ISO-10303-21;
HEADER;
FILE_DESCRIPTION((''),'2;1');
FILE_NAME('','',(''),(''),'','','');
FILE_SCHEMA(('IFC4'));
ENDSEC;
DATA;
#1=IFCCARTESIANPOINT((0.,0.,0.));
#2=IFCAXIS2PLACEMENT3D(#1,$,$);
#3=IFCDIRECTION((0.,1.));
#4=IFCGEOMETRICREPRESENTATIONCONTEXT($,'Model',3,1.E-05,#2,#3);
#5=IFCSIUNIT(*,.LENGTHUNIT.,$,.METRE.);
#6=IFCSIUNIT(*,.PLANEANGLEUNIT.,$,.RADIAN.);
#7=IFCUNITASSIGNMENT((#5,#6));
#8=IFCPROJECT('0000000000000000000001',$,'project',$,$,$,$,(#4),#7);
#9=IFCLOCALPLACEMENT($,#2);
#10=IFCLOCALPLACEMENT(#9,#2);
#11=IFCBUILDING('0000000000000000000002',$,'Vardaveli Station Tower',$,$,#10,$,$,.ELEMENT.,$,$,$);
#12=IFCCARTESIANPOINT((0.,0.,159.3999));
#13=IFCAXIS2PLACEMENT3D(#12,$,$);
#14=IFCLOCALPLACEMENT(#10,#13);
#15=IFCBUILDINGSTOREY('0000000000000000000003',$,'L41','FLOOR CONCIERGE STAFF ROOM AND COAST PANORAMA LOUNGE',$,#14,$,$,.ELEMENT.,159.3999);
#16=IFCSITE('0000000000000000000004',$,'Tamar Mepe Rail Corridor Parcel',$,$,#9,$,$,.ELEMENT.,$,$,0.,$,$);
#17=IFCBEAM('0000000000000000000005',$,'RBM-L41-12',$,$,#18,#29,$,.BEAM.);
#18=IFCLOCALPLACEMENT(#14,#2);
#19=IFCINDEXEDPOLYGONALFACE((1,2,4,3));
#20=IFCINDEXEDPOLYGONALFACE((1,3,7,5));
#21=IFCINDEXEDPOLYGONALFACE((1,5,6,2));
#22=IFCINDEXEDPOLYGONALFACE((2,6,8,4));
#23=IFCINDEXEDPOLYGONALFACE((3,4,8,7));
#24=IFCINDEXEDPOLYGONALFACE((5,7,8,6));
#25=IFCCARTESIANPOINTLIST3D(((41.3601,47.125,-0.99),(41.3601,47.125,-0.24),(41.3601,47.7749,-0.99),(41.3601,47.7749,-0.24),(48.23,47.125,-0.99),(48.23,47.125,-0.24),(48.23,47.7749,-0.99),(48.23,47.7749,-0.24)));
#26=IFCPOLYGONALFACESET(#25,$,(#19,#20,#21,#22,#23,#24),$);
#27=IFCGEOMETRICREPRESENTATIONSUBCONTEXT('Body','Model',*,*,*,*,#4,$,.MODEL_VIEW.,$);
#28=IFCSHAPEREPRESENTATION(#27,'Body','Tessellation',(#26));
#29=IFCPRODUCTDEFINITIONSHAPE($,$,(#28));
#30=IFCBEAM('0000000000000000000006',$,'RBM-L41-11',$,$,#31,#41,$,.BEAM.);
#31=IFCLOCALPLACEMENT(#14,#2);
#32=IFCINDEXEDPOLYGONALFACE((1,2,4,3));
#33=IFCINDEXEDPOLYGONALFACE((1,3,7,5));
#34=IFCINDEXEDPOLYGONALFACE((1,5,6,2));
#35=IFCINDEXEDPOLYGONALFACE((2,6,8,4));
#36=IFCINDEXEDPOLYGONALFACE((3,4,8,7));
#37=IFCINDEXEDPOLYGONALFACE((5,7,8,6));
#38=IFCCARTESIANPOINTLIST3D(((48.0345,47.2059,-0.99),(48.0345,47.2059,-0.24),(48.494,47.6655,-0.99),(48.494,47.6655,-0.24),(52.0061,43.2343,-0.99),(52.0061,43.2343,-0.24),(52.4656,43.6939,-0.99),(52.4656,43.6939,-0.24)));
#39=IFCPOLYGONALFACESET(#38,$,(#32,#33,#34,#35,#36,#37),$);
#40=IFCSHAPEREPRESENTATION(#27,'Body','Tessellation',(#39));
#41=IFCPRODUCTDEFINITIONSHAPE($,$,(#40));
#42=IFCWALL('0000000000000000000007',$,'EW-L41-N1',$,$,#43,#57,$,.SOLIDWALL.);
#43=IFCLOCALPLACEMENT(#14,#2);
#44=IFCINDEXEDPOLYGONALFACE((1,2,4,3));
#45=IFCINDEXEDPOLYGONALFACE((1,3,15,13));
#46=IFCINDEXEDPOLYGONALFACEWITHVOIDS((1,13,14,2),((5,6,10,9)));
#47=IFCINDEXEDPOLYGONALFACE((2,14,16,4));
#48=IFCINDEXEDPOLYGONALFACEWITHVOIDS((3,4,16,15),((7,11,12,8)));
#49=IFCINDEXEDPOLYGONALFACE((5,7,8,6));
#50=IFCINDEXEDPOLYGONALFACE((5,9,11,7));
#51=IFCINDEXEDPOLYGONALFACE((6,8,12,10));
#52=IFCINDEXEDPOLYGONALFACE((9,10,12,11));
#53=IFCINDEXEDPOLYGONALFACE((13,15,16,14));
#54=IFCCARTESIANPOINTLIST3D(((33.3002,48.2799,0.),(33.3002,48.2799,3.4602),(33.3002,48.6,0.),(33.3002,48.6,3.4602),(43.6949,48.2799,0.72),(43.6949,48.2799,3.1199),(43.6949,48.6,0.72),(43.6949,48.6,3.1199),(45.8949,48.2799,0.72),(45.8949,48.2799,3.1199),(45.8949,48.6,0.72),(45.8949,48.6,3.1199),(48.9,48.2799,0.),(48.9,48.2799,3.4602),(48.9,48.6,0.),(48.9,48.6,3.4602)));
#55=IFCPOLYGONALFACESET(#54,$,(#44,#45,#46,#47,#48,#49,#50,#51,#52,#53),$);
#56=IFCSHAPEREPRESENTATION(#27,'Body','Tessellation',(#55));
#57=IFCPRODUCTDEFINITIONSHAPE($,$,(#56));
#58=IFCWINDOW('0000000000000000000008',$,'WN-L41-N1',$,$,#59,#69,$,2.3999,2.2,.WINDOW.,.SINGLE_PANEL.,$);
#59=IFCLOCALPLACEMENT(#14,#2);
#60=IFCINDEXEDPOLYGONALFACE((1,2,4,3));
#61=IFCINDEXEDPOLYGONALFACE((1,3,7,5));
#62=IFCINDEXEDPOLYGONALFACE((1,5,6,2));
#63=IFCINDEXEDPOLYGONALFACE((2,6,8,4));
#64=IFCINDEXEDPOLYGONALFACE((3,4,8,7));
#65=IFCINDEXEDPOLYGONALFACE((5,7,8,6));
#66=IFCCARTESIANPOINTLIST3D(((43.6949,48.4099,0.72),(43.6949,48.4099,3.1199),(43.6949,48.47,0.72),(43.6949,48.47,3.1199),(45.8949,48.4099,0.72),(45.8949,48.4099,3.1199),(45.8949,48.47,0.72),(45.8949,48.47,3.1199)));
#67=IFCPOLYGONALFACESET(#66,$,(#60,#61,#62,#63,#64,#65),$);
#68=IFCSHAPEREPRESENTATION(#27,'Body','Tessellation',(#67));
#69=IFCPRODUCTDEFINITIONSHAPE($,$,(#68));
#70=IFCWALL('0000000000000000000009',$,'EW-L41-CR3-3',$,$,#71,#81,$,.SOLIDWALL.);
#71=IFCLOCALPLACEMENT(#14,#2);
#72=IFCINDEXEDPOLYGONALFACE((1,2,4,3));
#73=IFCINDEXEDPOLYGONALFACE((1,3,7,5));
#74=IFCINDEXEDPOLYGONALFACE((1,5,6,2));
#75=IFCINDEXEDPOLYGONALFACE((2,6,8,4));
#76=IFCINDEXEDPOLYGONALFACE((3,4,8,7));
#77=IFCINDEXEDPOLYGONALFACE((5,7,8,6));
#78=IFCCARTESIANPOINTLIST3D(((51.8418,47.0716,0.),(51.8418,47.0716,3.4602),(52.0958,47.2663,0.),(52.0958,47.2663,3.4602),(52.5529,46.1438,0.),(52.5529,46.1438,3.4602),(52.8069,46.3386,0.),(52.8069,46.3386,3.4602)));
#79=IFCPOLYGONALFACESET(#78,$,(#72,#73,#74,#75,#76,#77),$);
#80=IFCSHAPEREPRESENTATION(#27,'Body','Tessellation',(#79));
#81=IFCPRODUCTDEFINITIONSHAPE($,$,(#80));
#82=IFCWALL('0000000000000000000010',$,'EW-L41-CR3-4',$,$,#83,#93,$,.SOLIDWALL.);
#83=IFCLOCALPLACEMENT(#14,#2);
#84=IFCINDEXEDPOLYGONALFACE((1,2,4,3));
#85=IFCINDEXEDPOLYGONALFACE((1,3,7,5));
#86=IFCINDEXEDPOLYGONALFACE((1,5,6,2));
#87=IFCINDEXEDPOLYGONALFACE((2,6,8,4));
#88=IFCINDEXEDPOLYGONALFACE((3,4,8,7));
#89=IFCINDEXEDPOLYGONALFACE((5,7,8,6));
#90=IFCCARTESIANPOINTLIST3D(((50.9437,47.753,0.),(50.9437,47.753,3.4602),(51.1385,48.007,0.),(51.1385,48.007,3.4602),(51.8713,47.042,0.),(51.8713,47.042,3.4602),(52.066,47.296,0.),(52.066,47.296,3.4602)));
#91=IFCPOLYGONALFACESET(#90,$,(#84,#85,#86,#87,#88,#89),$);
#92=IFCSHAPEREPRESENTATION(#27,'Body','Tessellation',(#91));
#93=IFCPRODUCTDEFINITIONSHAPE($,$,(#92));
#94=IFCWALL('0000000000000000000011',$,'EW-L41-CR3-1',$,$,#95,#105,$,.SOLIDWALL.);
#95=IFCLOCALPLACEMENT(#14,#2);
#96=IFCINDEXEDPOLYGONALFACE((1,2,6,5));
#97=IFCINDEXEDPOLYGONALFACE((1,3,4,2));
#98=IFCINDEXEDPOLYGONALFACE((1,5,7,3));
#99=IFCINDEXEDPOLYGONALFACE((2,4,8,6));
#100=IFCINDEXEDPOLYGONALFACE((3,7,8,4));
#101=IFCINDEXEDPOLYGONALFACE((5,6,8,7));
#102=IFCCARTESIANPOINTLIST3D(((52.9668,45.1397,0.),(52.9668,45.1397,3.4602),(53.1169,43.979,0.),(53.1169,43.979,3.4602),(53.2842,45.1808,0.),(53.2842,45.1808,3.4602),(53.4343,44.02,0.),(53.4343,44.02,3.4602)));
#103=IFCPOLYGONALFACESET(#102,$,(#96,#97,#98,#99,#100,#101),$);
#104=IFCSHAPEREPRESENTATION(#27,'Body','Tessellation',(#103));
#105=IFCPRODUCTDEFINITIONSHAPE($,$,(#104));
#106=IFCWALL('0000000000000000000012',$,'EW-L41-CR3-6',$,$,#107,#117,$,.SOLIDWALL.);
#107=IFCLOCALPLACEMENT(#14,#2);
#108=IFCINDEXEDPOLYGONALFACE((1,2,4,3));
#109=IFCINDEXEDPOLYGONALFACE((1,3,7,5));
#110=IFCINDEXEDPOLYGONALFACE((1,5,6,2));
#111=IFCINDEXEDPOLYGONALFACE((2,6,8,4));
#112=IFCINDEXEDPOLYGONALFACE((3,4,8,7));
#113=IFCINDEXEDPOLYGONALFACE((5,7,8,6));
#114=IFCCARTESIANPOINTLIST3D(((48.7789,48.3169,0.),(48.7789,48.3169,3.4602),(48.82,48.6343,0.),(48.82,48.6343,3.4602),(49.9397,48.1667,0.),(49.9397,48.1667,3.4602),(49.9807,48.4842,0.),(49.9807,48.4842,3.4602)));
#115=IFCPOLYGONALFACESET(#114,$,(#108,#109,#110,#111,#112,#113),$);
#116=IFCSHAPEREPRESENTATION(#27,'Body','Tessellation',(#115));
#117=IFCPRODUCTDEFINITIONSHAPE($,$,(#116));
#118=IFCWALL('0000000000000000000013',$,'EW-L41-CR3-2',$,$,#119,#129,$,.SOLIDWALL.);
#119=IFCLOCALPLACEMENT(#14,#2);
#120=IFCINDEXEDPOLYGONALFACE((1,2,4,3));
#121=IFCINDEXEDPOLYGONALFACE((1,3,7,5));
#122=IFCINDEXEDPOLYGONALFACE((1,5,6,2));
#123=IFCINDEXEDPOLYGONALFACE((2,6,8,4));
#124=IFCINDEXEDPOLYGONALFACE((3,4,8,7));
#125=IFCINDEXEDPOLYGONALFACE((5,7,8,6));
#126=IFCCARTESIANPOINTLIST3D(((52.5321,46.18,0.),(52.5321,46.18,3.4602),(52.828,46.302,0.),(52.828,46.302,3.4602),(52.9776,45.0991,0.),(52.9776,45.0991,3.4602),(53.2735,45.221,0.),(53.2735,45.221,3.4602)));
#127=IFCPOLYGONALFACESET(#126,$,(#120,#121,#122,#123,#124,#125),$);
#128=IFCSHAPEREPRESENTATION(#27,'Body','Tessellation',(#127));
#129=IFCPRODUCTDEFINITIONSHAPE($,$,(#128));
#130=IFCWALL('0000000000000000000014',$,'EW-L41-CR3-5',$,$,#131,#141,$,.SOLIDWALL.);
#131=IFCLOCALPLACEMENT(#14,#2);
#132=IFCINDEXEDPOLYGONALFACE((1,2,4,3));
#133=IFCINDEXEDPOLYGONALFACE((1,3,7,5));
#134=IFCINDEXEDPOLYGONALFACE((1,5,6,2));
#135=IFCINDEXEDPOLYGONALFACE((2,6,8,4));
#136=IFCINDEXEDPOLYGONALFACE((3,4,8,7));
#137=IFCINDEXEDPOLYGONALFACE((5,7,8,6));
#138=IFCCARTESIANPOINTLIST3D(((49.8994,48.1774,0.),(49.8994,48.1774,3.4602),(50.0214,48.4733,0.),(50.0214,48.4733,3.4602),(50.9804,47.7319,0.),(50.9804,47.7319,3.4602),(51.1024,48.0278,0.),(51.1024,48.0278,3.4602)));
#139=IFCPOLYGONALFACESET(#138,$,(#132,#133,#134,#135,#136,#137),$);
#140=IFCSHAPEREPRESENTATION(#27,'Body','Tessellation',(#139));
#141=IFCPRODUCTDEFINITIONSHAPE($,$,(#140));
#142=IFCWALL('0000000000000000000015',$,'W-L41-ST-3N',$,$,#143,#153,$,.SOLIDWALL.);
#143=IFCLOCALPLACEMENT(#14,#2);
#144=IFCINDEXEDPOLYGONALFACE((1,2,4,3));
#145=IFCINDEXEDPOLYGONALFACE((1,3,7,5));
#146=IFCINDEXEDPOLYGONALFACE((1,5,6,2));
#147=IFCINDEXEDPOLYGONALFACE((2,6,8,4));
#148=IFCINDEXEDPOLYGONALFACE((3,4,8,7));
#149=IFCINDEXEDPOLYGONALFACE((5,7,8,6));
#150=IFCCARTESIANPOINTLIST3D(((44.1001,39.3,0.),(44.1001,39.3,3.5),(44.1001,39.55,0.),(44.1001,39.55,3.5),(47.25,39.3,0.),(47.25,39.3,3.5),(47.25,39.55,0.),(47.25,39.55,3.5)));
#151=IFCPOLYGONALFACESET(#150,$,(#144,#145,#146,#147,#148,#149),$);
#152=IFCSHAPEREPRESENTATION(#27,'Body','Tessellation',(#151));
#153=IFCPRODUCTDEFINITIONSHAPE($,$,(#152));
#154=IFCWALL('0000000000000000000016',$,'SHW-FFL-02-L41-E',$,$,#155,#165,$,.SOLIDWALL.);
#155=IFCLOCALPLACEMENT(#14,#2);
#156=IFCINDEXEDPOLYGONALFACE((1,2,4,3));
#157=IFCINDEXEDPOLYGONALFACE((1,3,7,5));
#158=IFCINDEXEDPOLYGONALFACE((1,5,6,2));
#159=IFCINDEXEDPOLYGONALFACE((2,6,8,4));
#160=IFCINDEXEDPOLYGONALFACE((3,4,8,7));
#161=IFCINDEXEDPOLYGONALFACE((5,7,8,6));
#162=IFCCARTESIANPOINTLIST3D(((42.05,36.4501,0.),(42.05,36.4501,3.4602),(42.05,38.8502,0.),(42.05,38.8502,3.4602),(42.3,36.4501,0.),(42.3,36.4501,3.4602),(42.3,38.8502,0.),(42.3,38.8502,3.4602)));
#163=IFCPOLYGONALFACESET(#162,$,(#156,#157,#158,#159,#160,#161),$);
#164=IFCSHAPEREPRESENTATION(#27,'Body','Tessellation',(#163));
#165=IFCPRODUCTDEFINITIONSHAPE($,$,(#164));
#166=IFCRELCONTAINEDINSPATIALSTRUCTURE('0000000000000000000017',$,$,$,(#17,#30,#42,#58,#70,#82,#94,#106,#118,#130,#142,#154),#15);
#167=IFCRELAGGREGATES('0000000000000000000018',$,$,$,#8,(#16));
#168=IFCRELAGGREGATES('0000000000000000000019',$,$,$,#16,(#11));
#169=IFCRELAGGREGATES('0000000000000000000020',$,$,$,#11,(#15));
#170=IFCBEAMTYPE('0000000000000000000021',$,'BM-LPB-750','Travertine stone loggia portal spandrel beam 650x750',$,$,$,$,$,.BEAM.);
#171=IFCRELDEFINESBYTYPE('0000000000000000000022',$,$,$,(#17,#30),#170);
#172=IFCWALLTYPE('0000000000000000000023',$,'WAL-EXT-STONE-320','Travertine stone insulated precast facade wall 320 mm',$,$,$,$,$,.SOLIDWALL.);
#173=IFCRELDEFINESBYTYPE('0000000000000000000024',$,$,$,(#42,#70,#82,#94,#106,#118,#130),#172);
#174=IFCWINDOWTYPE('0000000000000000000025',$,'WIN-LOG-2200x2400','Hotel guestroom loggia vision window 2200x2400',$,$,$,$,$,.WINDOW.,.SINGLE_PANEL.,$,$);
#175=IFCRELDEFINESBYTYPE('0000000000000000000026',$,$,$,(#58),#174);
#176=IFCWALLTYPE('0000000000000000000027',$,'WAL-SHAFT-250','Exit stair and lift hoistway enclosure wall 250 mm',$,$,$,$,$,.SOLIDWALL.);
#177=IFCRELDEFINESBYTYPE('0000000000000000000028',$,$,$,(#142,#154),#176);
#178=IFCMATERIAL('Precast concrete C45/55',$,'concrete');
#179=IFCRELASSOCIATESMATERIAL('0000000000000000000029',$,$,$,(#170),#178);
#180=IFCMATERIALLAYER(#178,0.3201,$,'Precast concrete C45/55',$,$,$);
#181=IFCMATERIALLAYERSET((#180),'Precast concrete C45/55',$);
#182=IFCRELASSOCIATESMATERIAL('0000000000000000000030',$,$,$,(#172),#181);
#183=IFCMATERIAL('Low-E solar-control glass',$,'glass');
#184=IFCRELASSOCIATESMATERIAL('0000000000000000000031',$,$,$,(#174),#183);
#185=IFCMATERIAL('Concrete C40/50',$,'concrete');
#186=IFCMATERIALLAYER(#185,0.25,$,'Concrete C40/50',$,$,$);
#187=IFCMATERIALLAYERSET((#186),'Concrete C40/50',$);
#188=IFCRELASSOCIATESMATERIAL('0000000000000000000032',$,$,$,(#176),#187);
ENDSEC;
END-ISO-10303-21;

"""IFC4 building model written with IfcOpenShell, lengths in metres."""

from ifc_helpers import new_model, si_unit, direction, frame, frame_2d, origin, origin_2d, place, context, subcontext, project, spatial, rectangle, extrude, source, transform, mapped, material, layer, layer_set, material_profile, profile_set, type_object, element, fill, save


model = new_model("IFC4")

# Units and contexts
model_context = context("Model", 3, precision=1e-05, world=origin(), true_north=direction((0.0, 1.0)))
body_context = subcontext(model_context, "Body", "Model", "MODEL_VIEW")
ifc_project = project(units=[si_unit("LENGTHUNIT", "METRE"), si_unit("PLANEANGLEUNIT", "RADIAN")], contexts=[model_context])

# Site, building, storey
site_placement = place(None, origin())
site = spatial("IfcSite", under=ifc_project, at=site_placement, Name="Tamar Mepe Rail Corridor Parcel", CompositionType="ELEMENT", RefElevation=0.0)
building_placement = place(site_placement, origin())
building = spatial("IfcBuilding", under=site, at=building_placement, Name="Vardaveli Station Tower", CompositionType="ELEMENT")
storey_placement = place(building_placement, frame((0.0, 0.0, 159.3999)))
storey = spatial("IfcBuildingStorey", under=building, at=storey_placement, Name="L41", Description="FLOOR CONCIERGE STAFF ROOM AND COAST PANORAMA LOUNGE", CompositionType="ELEMENT", Elevation=159.3999)

# Beams
ifc_material_1 = material(Name="Precast concrete C45/55", Category="concrete")
ifc_material_profile_1 = material_profile(ifc_material_1, rectangle(XDim=0.6499, YDim=0.75, at=origin_2d()), Name="LPB 650x750")
ifc_profile_set_1 = profile_set([ifc_material_profile_1], Name="Precast concrete C45/55")
beam_type = type_object("IfcBeamType", Name="BM-LPB-750", Description="Travertine stone loggia portal spandrel beam 650x750", PredefinedType="BEAM", material=ifc_profile_set_1)
shared_shape_1 = source(origin(), body_context, "Body", "SweptSolid", [
    extrude(rectangle(XDim=0.6499, YDim=0.75, at=origin_2d()), origin(), (0.0, 0.0, 1.0), 6.8699),
])
for number, where, z_axis, x_axis, name in (
    (1, (48.23, 47.45, -0.615), (-1.0, 0.0, 0.0), (0.0, -1.0, 0.0), "RBM-L41-12"),
):
    element("IfcBeam", number, at=place(storey_placement, frame(where, z_axis=z_axis, x_axis=x_axis)), inside=storey, type_object=beam_type, Name=name, PredefinedType="BEAM", context=body_context, shape_type="MappedRepresentation", body=[
        mapped(shared_shape_1, transform((0.0, 0.0, 0.0), scale=1.0)),
    ])
shared_shape_2 = source(origin(), body_context, "Body", "SweptSolid", [
    extrude(rectangle(XDim=0.6499, YDim=0.75, at=origin_2d()), origin(), (0.0, 0.0, 1.0), 5.6167),
])
beam_placement = place(storey_placement, frame((52.2358, 43.4641, -0.615), z_axis=(-0.707107, 0.707107, 0.0), x_axis=(-0.707107, -0.707107, 0.0)))
element("IfcBeam", 2, at=beam_placement, inside=storey, type_object=beam_type, Name="RBM-L41-11", PredefinedType="BEAM", context=body_context, shape_type="MappedRepresentation", body=[
    mapped(shared_shape_2, transform((0.0, 0.0, 0.0), scale=1.0)),
])

# Wall, opening, window
ifc_layer_1 = layer(ifc_material_1, 0.3201, Name="Precast concrete C45/55")
ifc_layer_set_1 = layer_set([ifc_layer_1], Name="Precast concrete C45/55")
wall_type_1 = type_object("IfcWallType", Name="WAL-EXT-STONE-320", Description="Travertine stone insulated precast facade wall 320 mm", PredefinedType="SOLIDWALL", material=ifc_layer_set_1)
shared_shape_3 = source(origin(), body_context, "Body", "SweptSolid", [
    extrude(rectangle(XDim=15.5999, YDim=0.3201, at=frame_2d((7.7998, 0.0))), origin(), (0.0, 0.0, 1.0), 3.4602),
])
wall_1_placement = place(storey_placement, frame((48.8999, 48.4399, 0.0), z_axis=(0.0, 0.0, 1.0), x_axis=(-1.0, 0.0, 0.0)))
wall_1 = element("IfcWall", 3, at=wall_1_placement, inside=storey, type_object=wall_type_1, Name="EW-L41-N1", PredefinedType="SOLIDWALL", context=body_context, shape_type="MappedRepresentation", body=[
    mapped(shared_shape_3, transform((0.0, 0.0, 0.0), scale=1.0)),
])
shared_shape_4 = source(origin(), body_context, "Body", "SweptSolid", [
    extrude(rectangle(XDim=2.2, YDim=2.3999, at=frame_2d((1.1001, 1.2))), frame((0.0, 0.1699, 0.0), z_axis=(0.0, -1.0, 0.0), x_axis=(1.0, 0.0, 0.0)), (0.0, 0.0, 1.0), 0.3401),
])
opening_placement = place(wall_1_placement, frame((3.0049, 0.0, 0.72)))
opening = element("IfcOpeningElement", 4, at=opening_placement, cuts=wall_1, PredefinedType="OPENING", context=body_context, shape_type="MappedRepresentation", body=[
    mapped(shared_shape_4, transform((0.0, 0.0, 0.0), scale=1.0)),
])
ifc_material_2 = material(Name="Low-E solar-control glass", Category="glass")
window_type = type_object("IfcWindowType", Name="WIN-LOG-2200x2400", Description="Hotel guestroom loggia vision window 2200x2400", PartitioningType="SINGLE_PANEL", PredefinedType="WINDOW", material=ifc_material_2)
shared_shape_5 = source(origin(), body_context, "Body", "SweptSolid", [
    extrude(rectangle(XDim=2.2, YDim=2.3999, at=frame_2d((1.1001, 1.2))), frame((0.0, 0.03, 0.0), z_axis=(0.0, -1.0, 0.0), x_axis=(1.0, 0.0, 0.0)), (0.0, 0.0, 1.0), 0.0601),
])
window_placement = place(opening_placement, origin())
window = element("IfcWindow", 5, at=window_placement, inside=storey, type_object=window_type, Name="WN-L41-N1", OverallHeight=2.3999, OverallWidth=2.2, PartitioningType="SINGLE_PANEL", PredefinedType="WINDOW", context=body_context, shape_type="MappedRepresentation", body=[
    mapped(shared_shape_5, transform((0.0, 0.0, 0.0), scale=1.0)),
])
fill(opening, window)

# Walls
shared_shape_6 = source(origin(), body_context, "Body", "SweptSolid", [
    extrude(rectangle(XDim=1.1689, YDim=0.3201, at=frame_2d((0.5845, 0.0))), origin(), (0.0, 0.0, 1.0), 3.4602),
])
wall_2_placement = place(storey_placement, frame((52.6799, 46.2412, 0.0), z_axis=(0.0, 0.0, 1.0), x_axis=(-0.608388, 0.79364, 0.0)))
element("IfcWall", 6, at=wall_2_placement, inside=storey, type_object=wall_type_1, Name="EW-L41-CR3-3", PredefinedType="SOLIDWALL", context=body_context, shape_type="MappedRepresentation", body=[
    mapped(shared_shape_6, transform((0.0, 0.0, 0.0), scale=1.0)),
])
shared_shape_7 = source(origin(), body_context, "Body", "SweptSolid", [
    extrude(rectangle(XDim=1.1687, YDim=0.3201, at=frame_2d((0.5845, 0.0))), origin(), (0.0, 0.0, 1.0), 3.4602),
])
wall_3_placement = place(storey_placement, frame((51.9688, 47.1689, 0.0), z_axis=(0.0, 0.0, 1.0), x_axis=(-0.793664, 0.608357, 0.0)))
element("IfcWall", 7, at=wall_3_placement, inside=storey, type_object=wall_type_1, Name="EW-L41-CR3-4", PredefinedType="SOLIDWALL", context=body_context, shape_type="MappedRepresentation", body=[
    mapped(shared_shape_7, transform((0.0, 0.0, 0.0), scale=1.0)),
])
shared_shape_8 = source(origin(), body_context, "Body", "SweptSolid", [
    extrude(rectangle(XDim=1.1704, YDim=0.3201, at=frame_2d((0.5852, 0.0))), origin(), (0.0, 0.0, 1.0), 3.4602),
])
for number, where, z_axis, x_axis, name in (
    (8, (53.2756, 43.9995, 0.0), (0.0, 0.0, 1.0), (-0.128296, 0.991736, 0.0), "EW-L41-CR3-1"),
    (9, (49.9602, 48.3254, 0.0), (0.0, 0.0, 1.0), (-0.991736, 0.128296, 0.0), "EW-L41-CR3-6"),
):
    element("IfcWall", number, at=place(storey_placement, frame(where, z_axis=z_axis, x_axis=x_axis)), inside=storey, type_object=wall_type_1, Name=name, PredefinedType="SOLIDWALL", context=body_context, shape_type="MappedRepresentation", body=[
        mapped(shared_shape_8, transform((0.0, 0.0, 0.0), scale=1.0)),
    ])
shared_shape_9 = source(origin(), body_context, "Body", "SweptSolid", [
    extrude(rectangle(XDim=1.1692, YDim=0.3201, at=frame_2d((0.5845, 0.0))), origin(), (0.0, 0.0, 1.0), 3.4602),
])
for number, where, z_axis, x_axis, name in (
    (10, (53.1255, 45.1602, 0.0), (0.0, 0.0, 1.0), (-0.381054, 0.924553, 0.0), "EW-L41-CR3-2"),
    (11, (51.0413, 47.8799, 0.0), (0.0, 0.0, 1.0), (-0.924553, 0.381054, 0.0), "EW-L41-CR3-5"),
):
    element("IfcWall", number, at=place(storey_placement, frame(where, z_axis=z_axis, x_axis=x_axis)), inside=storey, type_object=wall_type_1, Name=name, PredefinedType="SOLIDWALL", context=body_context, shape_type="MappedRepresentation", body=[
        mapped(shared_shape_9, transform((0.0, 0.0, 0.0), scale=1.0)),
    ])
ifc_material_3 = material(Name="Concrete C40/50", Category="concrete")
ifc_layer_2 = layer(ifc_material_3, 0.25, Name="Concrete C40/50")
ifc_layer_set_2 = layer_set([ifc_layer_2], Name="Concrete C40/50")
wall_type_2 = type_object("IfcWallType", Name="WAL-SHAFT-250", Description="Exit stair and lift hoistway enclosure wall 250 mm", PredefinedType="SOLIDWALL", material=ifc_layer_set_2)
shared_shape_10 = source(origin(), body_context, "Body", "SweptSolid", [
    extrude(rectangle(XDim=3.1499, YDim=0.25, at=frame_2d((1.575, 0.0))), origin(), (0.0, 0.0, 1.0), 3.5),
])
wall_4_placement = place(storey_placement, frame((44.1001, 39.425, 0.0), z_axis=(0.0, 0.0, 1.0), x_axis=(1.0, 0.0, 0.0)))
element("IfcWall", 12, at=wall_4_placement, inside=storey, type_object=wall_type_2, Name="W-L41-ST-3N", PredefinedType="SOLIDWALL", context=body_context, shape_type="MappedRepresentation", body=[
    mapped(shared_shape_10, transform((0.0, 0.0, 0.0), scale=1.0)),
])
shared_shape_11 = source(origin(), body_context, "Body", "SweptSolid", [
    extrude(rectangle(XDim=2.4001, YDim=0.25, at=frame_2d((1.2002, 0.0))), origin(), (0.0, 0.0, 1.0), 3.4602),
])
wall_5_placement = place(storey_placement, frame((42.175, 36.45, 0.0), z_axis=(0.0, 0.0, 1.0), x_axis=(0.0, 1.0, 0.0)))
element("IfcWall", 13, at=wall_5_placement, inside=storey, type_object=wall_type_2, Name="SHW-FFL-02-L41-E", PredefinedType="SOLIDWALL", context=body_context, shape_type="MappedRepresentation", body=[
    mapped(shared_shape_11, transform((0.0, 0.0, 0.0), scale=1.0)),
])

save(model, "model.ifc")
